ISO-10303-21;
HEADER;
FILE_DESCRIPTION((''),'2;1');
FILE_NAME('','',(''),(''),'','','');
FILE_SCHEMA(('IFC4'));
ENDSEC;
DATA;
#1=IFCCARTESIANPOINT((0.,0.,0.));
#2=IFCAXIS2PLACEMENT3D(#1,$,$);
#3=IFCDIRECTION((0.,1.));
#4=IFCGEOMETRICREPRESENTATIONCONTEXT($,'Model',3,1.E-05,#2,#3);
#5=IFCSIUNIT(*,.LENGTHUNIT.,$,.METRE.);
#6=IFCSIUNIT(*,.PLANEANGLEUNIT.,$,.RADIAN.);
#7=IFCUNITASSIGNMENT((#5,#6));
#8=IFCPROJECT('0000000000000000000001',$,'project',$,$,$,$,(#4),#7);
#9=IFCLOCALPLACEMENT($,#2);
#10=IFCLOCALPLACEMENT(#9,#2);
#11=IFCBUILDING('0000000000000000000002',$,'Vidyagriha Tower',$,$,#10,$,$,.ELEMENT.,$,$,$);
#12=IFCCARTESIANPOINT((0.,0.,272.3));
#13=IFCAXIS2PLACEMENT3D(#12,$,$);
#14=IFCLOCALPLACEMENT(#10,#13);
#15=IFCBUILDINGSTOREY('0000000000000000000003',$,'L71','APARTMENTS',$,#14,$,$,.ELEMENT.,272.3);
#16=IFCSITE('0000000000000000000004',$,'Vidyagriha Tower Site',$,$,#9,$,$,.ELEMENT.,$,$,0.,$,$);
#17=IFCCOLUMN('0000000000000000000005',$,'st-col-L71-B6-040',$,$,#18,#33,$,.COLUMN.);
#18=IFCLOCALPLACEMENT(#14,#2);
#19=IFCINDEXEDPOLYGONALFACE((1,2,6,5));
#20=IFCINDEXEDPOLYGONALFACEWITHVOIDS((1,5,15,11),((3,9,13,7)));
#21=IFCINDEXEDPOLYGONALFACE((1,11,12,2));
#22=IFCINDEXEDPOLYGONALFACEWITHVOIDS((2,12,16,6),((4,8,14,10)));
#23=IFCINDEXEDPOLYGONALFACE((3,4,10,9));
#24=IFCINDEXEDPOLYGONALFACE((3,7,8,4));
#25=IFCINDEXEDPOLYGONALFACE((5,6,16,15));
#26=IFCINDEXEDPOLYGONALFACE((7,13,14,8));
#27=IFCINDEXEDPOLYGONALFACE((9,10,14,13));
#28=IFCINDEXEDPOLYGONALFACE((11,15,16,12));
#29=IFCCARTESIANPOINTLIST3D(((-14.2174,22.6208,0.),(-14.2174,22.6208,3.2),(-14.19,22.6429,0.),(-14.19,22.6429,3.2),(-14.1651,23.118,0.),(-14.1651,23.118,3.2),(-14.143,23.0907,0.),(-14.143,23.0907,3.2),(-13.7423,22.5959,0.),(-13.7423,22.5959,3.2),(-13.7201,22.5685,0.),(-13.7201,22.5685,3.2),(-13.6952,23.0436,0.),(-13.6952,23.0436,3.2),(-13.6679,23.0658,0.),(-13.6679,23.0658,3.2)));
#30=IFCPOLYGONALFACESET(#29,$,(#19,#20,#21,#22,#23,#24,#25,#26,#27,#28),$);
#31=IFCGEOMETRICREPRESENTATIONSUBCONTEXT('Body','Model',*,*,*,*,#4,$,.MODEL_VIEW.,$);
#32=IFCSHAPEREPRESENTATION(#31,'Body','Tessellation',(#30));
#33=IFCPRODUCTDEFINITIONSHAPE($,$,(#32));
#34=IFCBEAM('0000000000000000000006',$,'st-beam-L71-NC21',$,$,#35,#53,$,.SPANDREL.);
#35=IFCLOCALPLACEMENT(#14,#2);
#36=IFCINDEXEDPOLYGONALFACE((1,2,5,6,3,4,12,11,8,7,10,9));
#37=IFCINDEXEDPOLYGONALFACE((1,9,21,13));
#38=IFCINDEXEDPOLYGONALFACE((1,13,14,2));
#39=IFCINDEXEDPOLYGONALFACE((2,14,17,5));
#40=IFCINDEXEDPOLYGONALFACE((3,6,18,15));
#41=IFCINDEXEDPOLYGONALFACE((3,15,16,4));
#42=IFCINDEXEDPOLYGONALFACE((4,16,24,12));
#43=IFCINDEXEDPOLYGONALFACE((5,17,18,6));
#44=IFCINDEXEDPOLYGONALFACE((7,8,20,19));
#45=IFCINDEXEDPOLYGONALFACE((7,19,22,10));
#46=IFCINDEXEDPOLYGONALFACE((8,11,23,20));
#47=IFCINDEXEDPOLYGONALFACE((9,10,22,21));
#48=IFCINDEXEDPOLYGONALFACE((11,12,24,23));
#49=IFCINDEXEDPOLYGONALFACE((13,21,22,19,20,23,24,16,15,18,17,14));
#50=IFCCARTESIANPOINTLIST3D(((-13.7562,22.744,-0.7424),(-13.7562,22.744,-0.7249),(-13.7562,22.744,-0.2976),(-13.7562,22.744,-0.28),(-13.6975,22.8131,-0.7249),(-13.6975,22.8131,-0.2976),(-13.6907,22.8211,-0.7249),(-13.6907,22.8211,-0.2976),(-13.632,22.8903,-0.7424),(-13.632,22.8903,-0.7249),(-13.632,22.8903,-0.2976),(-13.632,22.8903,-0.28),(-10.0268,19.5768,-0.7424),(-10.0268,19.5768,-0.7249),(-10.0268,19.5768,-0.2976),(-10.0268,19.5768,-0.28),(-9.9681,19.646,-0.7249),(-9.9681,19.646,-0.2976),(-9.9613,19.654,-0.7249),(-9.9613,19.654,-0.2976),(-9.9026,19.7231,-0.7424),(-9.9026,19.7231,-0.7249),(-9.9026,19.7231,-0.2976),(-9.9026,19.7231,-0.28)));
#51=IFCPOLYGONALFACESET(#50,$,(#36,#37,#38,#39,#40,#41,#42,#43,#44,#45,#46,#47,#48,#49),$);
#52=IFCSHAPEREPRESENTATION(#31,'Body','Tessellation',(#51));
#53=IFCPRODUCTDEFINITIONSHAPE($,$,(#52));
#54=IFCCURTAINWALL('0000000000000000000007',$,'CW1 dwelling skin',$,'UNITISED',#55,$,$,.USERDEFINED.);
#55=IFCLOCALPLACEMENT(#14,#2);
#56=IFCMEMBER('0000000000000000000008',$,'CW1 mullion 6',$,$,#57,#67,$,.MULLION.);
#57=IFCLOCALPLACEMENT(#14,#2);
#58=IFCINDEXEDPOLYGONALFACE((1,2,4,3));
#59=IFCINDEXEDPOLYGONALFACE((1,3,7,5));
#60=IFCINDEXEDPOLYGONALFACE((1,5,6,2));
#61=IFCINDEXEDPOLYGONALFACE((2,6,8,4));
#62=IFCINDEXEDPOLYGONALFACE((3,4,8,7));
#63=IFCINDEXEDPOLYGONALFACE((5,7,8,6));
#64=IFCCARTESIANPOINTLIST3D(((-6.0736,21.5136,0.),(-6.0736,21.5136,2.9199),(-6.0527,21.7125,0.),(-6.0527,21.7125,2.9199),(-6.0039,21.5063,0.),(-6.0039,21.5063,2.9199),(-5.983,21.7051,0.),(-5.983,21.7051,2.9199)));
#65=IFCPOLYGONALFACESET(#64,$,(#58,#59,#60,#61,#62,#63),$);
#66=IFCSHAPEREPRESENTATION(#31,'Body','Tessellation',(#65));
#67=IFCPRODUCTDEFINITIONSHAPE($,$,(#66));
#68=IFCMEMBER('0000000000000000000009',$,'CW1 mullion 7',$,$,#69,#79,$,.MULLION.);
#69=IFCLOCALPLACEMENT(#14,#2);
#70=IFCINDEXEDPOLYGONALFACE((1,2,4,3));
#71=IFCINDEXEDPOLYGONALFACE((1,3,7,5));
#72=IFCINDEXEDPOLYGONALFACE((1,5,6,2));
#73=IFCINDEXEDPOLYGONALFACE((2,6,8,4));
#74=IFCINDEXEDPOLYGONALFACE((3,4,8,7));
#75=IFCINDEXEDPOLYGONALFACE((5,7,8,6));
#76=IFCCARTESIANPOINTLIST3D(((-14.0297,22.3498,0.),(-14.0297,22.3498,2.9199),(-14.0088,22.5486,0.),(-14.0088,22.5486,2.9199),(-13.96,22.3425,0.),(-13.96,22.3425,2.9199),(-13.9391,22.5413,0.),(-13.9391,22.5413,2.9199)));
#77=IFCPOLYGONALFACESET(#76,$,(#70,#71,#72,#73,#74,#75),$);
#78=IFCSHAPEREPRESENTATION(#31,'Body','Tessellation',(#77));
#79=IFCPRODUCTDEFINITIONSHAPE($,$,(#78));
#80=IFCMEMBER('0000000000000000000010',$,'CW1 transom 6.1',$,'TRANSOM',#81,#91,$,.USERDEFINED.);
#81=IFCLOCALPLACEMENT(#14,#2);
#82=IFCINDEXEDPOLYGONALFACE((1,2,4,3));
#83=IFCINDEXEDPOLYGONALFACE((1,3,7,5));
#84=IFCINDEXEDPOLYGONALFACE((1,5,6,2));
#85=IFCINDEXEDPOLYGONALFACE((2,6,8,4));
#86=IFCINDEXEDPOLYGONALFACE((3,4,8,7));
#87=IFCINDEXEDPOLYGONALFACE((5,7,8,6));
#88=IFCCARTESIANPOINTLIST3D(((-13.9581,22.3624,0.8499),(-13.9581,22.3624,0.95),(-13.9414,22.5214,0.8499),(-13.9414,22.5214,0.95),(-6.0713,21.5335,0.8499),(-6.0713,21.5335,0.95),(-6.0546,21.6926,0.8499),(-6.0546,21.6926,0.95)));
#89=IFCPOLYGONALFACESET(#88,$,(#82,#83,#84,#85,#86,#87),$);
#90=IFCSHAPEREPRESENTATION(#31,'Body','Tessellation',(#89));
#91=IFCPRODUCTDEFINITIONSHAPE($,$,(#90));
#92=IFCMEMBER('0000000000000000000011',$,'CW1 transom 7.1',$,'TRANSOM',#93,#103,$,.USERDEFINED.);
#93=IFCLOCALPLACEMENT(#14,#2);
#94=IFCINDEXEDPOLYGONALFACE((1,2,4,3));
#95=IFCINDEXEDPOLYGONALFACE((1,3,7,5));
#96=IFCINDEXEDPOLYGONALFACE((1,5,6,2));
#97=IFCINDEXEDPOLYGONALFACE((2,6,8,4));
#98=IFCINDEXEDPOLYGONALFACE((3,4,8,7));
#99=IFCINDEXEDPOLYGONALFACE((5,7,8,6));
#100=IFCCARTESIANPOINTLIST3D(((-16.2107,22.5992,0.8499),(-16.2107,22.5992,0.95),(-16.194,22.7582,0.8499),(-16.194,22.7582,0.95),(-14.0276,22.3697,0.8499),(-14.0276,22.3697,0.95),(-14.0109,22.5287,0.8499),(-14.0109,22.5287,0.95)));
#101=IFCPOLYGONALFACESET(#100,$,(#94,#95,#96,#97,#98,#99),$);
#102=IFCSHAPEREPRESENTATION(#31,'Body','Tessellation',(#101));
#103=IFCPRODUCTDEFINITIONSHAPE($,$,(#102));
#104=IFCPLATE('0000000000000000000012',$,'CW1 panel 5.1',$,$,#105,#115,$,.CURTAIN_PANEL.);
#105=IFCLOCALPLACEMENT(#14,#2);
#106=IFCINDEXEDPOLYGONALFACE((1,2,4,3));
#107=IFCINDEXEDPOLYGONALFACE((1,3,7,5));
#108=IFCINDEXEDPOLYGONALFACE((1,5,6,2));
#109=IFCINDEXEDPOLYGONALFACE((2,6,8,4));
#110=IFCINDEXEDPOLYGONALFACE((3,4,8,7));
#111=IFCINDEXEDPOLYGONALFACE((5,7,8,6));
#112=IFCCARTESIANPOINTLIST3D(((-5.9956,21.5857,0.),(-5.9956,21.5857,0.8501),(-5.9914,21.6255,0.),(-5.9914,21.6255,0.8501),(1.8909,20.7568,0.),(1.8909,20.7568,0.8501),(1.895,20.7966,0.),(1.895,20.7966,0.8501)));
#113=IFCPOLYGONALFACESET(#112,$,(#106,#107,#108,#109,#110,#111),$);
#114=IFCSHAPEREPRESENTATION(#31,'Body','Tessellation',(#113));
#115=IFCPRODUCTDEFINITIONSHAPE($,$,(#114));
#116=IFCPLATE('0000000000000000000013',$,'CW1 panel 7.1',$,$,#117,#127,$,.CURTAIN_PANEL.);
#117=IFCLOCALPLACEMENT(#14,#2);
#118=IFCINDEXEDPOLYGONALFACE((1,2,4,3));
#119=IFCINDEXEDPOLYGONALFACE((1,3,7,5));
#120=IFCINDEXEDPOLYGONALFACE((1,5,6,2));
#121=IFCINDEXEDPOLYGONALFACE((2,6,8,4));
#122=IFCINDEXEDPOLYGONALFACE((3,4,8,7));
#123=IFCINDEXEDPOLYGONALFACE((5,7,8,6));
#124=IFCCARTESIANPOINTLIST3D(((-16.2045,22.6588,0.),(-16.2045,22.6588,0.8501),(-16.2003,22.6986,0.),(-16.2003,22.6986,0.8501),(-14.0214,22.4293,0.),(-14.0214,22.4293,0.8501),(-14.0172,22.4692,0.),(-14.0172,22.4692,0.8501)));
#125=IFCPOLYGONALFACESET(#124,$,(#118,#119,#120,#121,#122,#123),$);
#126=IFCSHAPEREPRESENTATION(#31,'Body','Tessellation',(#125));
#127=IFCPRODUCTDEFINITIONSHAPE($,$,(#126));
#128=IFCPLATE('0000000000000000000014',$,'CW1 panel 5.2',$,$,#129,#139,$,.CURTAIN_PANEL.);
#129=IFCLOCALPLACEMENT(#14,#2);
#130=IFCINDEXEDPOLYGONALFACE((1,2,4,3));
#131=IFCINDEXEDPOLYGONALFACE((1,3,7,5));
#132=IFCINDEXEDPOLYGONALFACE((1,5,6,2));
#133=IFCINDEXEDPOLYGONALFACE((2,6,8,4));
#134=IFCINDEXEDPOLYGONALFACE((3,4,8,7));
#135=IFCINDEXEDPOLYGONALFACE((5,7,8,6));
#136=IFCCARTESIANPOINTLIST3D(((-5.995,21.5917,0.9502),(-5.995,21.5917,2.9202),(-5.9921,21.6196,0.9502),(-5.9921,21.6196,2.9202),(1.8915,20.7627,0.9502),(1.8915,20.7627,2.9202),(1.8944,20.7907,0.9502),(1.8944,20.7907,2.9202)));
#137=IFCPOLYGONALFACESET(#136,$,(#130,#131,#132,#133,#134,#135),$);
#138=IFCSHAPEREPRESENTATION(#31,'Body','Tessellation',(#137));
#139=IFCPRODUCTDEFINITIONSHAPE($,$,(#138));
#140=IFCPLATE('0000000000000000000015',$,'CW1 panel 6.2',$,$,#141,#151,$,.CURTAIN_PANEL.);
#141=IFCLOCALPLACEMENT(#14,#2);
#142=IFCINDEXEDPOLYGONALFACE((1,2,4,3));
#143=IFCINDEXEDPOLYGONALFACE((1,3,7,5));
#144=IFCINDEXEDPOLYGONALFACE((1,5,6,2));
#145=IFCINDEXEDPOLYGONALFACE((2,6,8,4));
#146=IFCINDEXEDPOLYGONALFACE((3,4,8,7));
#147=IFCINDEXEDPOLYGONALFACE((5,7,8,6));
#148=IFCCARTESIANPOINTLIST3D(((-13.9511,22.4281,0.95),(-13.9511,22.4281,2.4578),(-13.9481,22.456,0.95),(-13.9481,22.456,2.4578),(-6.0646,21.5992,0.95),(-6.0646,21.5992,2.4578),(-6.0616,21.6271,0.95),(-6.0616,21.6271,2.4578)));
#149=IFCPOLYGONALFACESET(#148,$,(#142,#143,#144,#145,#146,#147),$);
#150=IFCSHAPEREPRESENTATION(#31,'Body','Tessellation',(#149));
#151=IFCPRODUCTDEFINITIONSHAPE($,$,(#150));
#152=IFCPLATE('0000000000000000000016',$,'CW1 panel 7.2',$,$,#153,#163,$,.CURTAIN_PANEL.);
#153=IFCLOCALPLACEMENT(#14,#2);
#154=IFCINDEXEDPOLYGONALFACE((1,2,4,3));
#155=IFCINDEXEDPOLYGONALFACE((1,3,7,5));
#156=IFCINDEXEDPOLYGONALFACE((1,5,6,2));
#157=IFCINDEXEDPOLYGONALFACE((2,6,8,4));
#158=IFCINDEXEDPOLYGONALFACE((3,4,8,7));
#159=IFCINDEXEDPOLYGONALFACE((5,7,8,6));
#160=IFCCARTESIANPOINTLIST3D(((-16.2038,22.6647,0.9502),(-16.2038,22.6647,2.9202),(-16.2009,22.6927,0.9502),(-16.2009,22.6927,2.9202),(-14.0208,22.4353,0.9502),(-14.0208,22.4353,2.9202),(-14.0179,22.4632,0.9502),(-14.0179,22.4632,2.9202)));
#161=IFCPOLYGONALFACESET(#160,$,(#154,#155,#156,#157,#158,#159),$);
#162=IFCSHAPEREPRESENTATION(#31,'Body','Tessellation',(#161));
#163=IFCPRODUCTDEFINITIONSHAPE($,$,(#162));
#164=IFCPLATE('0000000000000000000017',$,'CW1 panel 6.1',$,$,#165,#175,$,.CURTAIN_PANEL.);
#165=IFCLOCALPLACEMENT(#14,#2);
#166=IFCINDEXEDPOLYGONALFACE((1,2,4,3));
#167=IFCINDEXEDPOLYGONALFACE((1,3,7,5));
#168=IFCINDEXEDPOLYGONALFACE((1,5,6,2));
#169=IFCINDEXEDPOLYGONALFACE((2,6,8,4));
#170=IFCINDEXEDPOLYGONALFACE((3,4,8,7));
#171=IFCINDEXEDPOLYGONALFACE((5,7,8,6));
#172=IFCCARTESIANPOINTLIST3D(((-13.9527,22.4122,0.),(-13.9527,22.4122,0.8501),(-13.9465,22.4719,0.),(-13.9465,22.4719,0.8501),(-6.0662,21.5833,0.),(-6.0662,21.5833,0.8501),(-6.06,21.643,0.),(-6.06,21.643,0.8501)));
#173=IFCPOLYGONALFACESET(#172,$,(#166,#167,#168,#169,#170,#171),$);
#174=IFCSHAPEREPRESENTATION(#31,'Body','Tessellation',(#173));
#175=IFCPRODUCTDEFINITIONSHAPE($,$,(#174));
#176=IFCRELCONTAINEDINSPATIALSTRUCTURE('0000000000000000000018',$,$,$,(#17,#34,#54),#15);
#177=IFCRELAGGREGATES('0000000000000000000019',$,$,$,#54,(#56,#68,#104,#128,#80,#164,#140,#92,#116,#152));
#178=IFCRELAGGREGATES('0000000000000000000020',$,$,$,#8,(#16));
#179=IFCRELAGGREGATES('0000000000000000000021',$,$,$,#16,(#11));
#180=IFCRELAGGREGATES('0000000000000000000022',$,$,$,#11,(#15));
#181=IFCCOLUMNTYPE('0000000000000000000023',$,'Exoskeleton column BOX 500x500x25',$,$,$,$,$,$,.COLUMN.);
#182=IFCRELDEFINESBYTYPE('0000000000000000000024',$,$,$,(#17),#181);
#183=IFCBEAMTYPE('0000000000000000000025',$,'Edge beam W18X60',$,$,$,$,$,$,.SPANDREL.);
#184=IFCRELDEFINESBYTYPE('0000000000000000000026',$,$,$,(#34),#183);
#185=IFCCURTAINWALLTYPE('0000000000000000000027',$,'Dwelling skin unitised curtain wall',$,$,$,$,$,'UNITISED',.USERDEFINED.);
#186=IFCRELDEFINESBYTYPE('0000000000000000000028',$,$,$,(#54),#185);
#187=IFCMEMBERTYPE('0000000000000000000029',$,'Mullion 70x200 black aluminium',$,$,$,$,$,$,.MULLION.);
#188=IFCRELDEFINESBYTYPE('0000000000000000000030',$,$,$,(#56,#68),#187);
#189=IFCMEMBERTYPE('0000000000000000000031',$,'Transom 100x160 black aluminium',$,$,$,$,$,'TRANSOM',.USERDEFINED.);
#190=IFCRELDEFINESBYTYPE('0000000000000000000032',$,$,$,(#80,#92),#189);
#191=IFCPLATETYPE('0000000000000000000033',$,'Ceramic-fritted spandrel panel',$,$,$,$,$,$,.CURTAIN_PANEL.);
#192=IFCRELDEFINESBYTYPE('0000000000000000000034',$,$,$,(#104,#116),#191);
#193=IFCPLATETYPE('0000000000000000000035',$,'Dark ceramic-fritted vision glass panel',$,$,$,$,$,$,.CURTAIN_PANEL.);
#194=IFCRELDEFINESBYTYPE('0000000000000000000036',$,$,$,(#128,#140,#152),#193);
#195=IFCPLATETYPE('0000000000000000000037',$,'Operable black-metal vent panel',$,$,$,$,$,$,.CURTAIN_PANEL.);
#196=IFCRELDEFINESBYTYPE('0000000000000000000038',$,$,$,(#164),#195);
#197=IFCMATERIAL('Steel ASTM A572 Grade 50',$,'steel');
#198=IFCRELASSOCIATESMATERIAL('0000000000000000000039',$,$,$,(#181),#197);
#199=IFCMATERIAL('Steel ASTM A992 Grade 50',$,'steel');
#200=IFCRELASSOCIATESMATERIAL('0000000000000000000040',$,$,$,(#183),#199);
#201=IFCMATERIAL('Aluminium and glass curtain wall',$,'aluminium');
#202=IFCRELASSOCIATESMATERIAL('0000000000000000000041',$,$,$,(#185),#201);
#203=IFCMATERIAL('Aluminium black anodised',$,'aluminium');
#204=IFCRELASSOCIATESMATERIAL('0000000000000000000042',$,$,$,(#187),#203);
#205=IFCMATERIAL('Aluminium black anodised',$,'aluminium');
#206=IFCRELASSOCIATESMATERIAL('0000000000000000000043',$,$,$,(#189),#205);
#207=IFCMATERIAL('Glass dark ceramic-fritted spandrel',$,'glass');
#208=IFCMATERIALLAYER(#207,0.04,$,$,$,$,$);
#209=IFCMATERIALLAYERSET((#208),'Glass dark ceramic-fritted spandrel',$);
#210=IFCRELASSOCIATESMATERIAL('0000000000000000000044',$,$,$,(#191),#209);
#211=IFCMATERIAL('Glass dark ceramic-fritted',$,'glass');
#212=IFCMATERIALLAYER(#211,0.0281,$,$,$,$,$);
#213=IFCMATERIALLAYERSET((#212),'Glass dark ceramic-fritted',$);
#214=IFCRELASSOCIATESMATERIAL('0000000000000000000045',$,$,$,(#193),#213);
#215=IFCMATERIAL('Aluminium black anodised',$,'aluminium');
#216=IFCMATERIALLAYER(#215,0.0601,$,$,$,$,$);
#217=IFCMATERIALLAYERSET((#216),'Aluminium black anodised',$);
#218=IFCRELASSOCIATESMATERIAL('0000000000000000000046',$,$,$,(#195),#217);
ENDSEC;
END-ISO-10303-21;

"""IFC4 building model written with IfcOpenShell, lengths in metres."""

from ifc_helpers import new_model, si_unit, direction, frame, origin, origin_2d, place, context, subcontext, project, spatial, rectangle, hollow_rectangle, i_section, extrude, material, layer, layer_set, material_profile, profile_set, type_object, element, aggregate, save


model = new_model("IFC4")

# Units and contexts
model_context = context("Model", 3, precision=1e-05, world=origin(), true_north=direction((0.0, 1.0)))
body_context = subcontext(model_context, "Body", "Model", "MODEL_VIEW")
ifc_project = project(units=[si_unit("LENGTHUNIT", "METRE"), si_unit("PLANEANGLEUNIT", "RADIAN")], contexts=[model_context])

# Site, building, storey
site_placement = place(None, origin())
site = spatial("IfcSite", under=ifc_project, at=site_placement, Name="Vidyagriha Tower Site", CompositionType="ELEMENT", RefElevation=0.0)
building_placement = place(site_placement, origin())
building = spatial("IfcBuilding", under=site, at=building_placement, Name="Vidyagriha Tower", CompositionType="ELEMENT")
storey_placement = place(building_placement, frame((0.0, 0.0, 272.3)))
storey = spatial("IfcBuildingStorey", under=building, at=storey_placement, Name="L71", Description="APARTMENTS", CompositionType="ELEMENT", Elevation=272.3)

# Column
ifc_material_1 = material(Name="Steel ASTM A572 Grade 50", Category="steel")
ifc_material_profile_1 = material_profile(ifc_material_1, hollow_rectangle(XDim=0.5, YDim=0.5, WallThickness=0.0249, at=origin_2d()), Name="BOX 500x500x25")
ifc_profile_set_1 = profile_set([ifc_material_profile_1], Name="Steel ASTM A572 Grade 50")
column_type = type_object("IfcColumnType", Name="Exoskeleton column BOX 500x500x25", PredefinedType="COLUMN", material=ifc_profile_set_1)
column_placement = place(storey_placement, frame((-13.9426, 22.8433, 0.0), z_axis=(0.0, 0.0, 1.0), x_axis=(0.994522, -0.104528, 0.0)))
element("IfcColumn", 1, at=column_placement, inside=storey, type_object=column_type, Name="st-col-L71-B6-040", PredefinedType="COLUMN", context=body_context, shape_type="SweptSolid", body=[
    extrude(hollow_rectangle(XDim=0.5, YDim=0.5, WallThickness=0.0249, at=origin_2d()), origin(), (0.0, 0.0, 1.0), 3.2),
])

# Beam
ifc_material_2 = material(Name="Steel ASTM A992 Grade 50", Category="steel")
ifc_material_profile_2 = material_profile(ifc_material_2, i_section(OverallWidth=0.1919, OverallDepth=0.4624, WebThickness=0.0105, FlangeThickness=0.0176, at=origin_2d()), Name="W18X60")
ifc_profile_set_2 = profile_set([ifc_material_profile_2], Name="Steel ASTM A992 Grade 50")
beam_type = type_object("IfcBeamType", Name="Edge beam W18X60", PredefinedType="SPANDREL", material=ifc_profile_set_2)
beam_placement = place(storey_placement, frame((-13.6941, 22.8171, -0.5112), z_axis=(0.762225, -0.647312, 0.0), x_axis=(0.647312, 0.762225, 0.0)))
element("IfcBeam", 2, at=beam_placement, inside=storey, type_object=beam_type, Name="st-beam-L71-NC21", PredefinedType="SPANDREL", context=body_context, shape_type="SweptSolid", body=[
    extrude(i_section(OverallWidth=0.1919, OverallDepth=0.4624, WebThickness=0.0105, FlangeThickness=0.0176, at=origin_2d()), origin(), (0.0, 0.0, 1.0), 4.8928),
])

# Curtain wall, members, plates
ifc_material_3 = material(Name="Aluminium and glass curtain wall", Category="aluminium")
curtain_wall_type = type_object("IfcCurtainWallType", Name="Dwelling skin unitised curtain wall", ElementType="UNITISED", PredefinedType="USERDEFINED", material=ifc_material_3)
curtain_wall_placement = place(storey_placement, origin())
curtain_wall = element("IfcCurtainWall", 3, at=curtain_wall_placement, inside=storey, type_object=curtain_wall_type, Name="CW1 dwelling skin", ObjectType="UNITISED", PredefinedType="USERDEFINED")
ifc_material_4 = material(Name="Aluminium black anodised", Category="aluminium")
ifc_material_profile_3 = material_profile(ifc_material_4, rectangle(XDim=0.2, YDim=0.0701, at=origin_2d()), Name="Mullion 70x200 black aluminium")
ifc_profile_set_3 = profile_set([ifc_material_profile_3], Name="Aluminium black anodised")
member_type_1 = type_object("IfcMemberType", Name="Mullion 70x200 black aluminium", PredefinedType="MULLION", material=ifc_profile_set_3)
member_1_placement = place(storey_placement, frame((-6.0283, 21.6094, 0.0), z_axis=(0.0, 0.0, 1.0), x_axis=(-0.104529, -0.994522, 0.0)))
member_1 = element("IfcMember", 4, at=member_1_placement, type_object=member_type_1, Name="CW1 mullion 6", PredefinedType="MULLION", context=body_context, shape_type="SweptSolid", body=[
    extrude(rectangle(XDim=0.2, YDim=0.0701, at=origin_2d()), origin(), (0.0, 0.0, 1.0), 2.9199),
])
member_2_placement = place(storey_placement, frame((-13.9844, 22.4456, 0.0), z_axis=(0.0, 0.0, 1.0), x_axis=(-0.104529, -0.994522, 0.0)))
member_2 = element("IfcMember", 5, at=member_2_placement, type_object=member_type_1, Name="CW1 mullion 7", PredefinedType="MULLION", context=body_context, shape_type="SweptSolid", body=[
    extrude(rectangle(XDim=0.2, YDim=0.0701, at=origin_2d()), origin(), (0.0, 0.0, 1.0), 2.9199),
])
ifc_material_5 = material(Name="Aluminium black anodised", Category="aluminium")
ifc_material_profile_4 = material_profile(ifc_material_5, rectangle(XDim=0.1599, YDim=0.1001, at=origin_2d()), Name="Transom 100x160 black aluminium")
ifc_profile_set_4 = profile_set([ifc_material_profile_4], Name="Aluminium black anodised")
member_type_2 = type_object("IfcMemberType", Name="Transom 100x160 black aluminium", ElementType="TRANSOM", PredefinedType="USERDEFINED", material=ifc_profile_set_4)
member_3_placement = place(storey_placement, frame((-6.063, 21.613, 0.8999), z_axis=(-0.994523, 0.10452, 0.0), x_axis=(-0.10452, -0.994523, 0.0)))
member_3 = element("IfcMember", 6, at=member_3_placement, type_object=member_type_2, Name="CW1 transom 6.1", ObjectType="TRANSOM", PredefinedType="USERDEFINED", context=body_context, shape_type="SweptSolid", body=[
    extrude(rectangle(XDim=0.1599, YDim=0.1001, at=origin_2d()), origin(), (0.0, 0.0, 1.0), 7.9302),
])
member_4_placement = place(storey_placement, frame((-14.0193, 22.4492, 0.8999), z_axis=(-0.99452, 0.104546, 0.0), x_axis=(-0.104546, -0.99452, 0.0)))
member_4 = element("IfcMember", 7, at=member_4_placement, type_object=member_type_2, Name="CW1 transom 7.1", ObjectType="TRANSOM", PredefinedType="USERDEFINED", context=body_context, shape_type="SweptSolid", body=[
    extrude(rectangle(XDim=0.1599, YDim=0.1001, at=origin_2d()), origin(), (0.0, 0.0, 1.0), 2.1951),
])
ifc_material_6 = material(Name="Glass dark ceramic-fritted spandrel", Category="glass")
ifc_layer_1 = layer(ifc_material_6, 0.04)
ifc_layer_set_1 = layer_set([ifc_layer_1], Name="Glass dark ceramic-fritted spandrel")
plate_type_1 = type_object("IfcPlateType", Name="Ceramic-fritted spandrel panel", PredefinedType="CURTAIN_PANEL", material=ifc_layer_set_1)
plate_1_placement = place(storey_placement, frame((-2.0503, 21.1912, 0.0), z_axis=(0.0, 0.0, 1.0), x_axis=(-0.994522, 0.104529, 0.0)))
plate_1 = element("IfcPlate", 8, at=plate_1_placement, type_object=plate_type_1, Name="CW1 panel 5.1", PredefinedType="CURTAIN_PANEL", context=body_context, shape_type="SweptSolid", body=[
    extrude(rectangle(XDim=7.9299, YDim=0.04, at=origin_2d()), origin(), (0.0, 0.0, 1.0), 0.8501),
])
plate_2_placement = place(storey_placement, frame((-15.1108, 22.564, 0.0), z_axis=(0.0, 0.0, 1.0), x_axis=(-0.994522, 0.104529, 0.0)))
plate_2 = element("IfcPlate", 9, at=plate_2_placement, type_object=plate_type_1, Name="CW1 panel 7.1", PredefinedType="CURTAIN_PANEL", context=body_context, shape_type="SweptSolid", body=[
    extrude(rectangle(XDim=2.1951, YDim=0.04, at=origin_2d()), origin(), (0.0, 0.0, 1.0), 0.8501),
])
ifc_material_7 = material(Name="Glass dark ceramic-fritted", Category="glass")
ifc_layer_2 = layer(ifc_material_7, 0.0281)
ifc_layer_set_2 = layer_set([ifc_layer_2], Name="Glass dark ceramic-fritted")
plate_type_2 = type_object("IfcPlateType", Name="Dark ceramic-fritted vision glass panel", PredefinedType="CURTAIN_PANEL", material=ifc_layer_set_2)
plate_3_placement = place(storey_placement, frame((-2.0503, 21.1912, 0.9502), z_axis=(0.0, 0.0, 1.0), x_axis=(-0.994522, 0.104529, 0.0)))
plate_3 = element("IfcPlate", 10, at=plate_3_placement, type_object=plate_type_2, Name="CW1 panel 5.2", PredefinedType="CURTAIN_PANEL", context=body_context, shape_type="SweptSolid", body=[
    extrude(rectangle(XDim=7.9299, YDim=0.0281, at=origin_2d()), origin(), (0.0, 0.0, 1.0), 1.97),
])
plate_4_placement = place(storey_placement, frame((-10.0063, 22.0276, 0.95), z_axis=(0.0, 0.0, 1.0), x_axis=(-0.994522, 0.104529, 0.0)))
plate_4 = element("IfcPlate", 11, at=plate_4_placement, type_object=plate_type_2, Name="CW1 panel 6.2", PredefinedType="CURTAIN_PANEL", context=body_context, shape_type="SweptSolid", body=[
    extrude(rectangle(XDim=7.9299, YDim=0.0281, at=origin_2d()), origin(), (0.0, 0.0, 1.0), 1.5078),
])
plate_5_placement = place(storey_placement, frame((-15.1108, 22.564, 0.9502), z_axis=(0.0, 0.0, 1.0), x_axis=(-0.994522, 0.104529, 0.0)))
plate_5 = element("IfcPlate", 12, at=plate_5_placement, type_object=plate_type_2, Name="CW1 panel 7.2", PredefinedType="CURTAIN_PANEL", context=body_context, shape_type="SweptSolid", body=[
    extrude(rectangle(XDim=2.1951, YDim=0.0281, at=origin_2d()), origin(), (0.0, 0.0, 1.0), 1.97),
])
ifc_material_8 = material(Name="Aluminium black anodised", Category="aluminium")
ifc_layer_3 = layer(ifc_material_8, 0.0601)
ifc_layer_set_3 = layer_set([ifc_layer_3], Name="Aluminium black anodised")
plate_type_3 = type_object("IfcPlateType", Name="Operable black-metal vent panel", PredefinedType="CURTAIN_PANEL", material=ifc_layer_set_3)
plate_6_placement = place(storey_placement, frame((-10.0063, 22.0276, 0.0), z_axis=(0.0, 0.0, 1.0), x_axis=(-0.994522, 0.104529, 0.0)))
plate_6 = element("IfcPlate", 13, at=plate_6_placement, type_object=plate_type_3, Name="CW1 panel 6.1", PredefinedType="CURTAIN_PANEL", context=body_context, shape_type="SweptSolid", body=[
    extrude(rectangle(XDim=7.9299, YDim=0.0601, at=origin_2d()), origin(), (0.0, 0.0, 1.0), 0.8501),
])
aggregate(curtain_wall, [member_1, member_2, plate_1, plate_3, member_3, plate_6, plate_4, member_4, plate_2, plate_5])

save(model, "model.ifc")
